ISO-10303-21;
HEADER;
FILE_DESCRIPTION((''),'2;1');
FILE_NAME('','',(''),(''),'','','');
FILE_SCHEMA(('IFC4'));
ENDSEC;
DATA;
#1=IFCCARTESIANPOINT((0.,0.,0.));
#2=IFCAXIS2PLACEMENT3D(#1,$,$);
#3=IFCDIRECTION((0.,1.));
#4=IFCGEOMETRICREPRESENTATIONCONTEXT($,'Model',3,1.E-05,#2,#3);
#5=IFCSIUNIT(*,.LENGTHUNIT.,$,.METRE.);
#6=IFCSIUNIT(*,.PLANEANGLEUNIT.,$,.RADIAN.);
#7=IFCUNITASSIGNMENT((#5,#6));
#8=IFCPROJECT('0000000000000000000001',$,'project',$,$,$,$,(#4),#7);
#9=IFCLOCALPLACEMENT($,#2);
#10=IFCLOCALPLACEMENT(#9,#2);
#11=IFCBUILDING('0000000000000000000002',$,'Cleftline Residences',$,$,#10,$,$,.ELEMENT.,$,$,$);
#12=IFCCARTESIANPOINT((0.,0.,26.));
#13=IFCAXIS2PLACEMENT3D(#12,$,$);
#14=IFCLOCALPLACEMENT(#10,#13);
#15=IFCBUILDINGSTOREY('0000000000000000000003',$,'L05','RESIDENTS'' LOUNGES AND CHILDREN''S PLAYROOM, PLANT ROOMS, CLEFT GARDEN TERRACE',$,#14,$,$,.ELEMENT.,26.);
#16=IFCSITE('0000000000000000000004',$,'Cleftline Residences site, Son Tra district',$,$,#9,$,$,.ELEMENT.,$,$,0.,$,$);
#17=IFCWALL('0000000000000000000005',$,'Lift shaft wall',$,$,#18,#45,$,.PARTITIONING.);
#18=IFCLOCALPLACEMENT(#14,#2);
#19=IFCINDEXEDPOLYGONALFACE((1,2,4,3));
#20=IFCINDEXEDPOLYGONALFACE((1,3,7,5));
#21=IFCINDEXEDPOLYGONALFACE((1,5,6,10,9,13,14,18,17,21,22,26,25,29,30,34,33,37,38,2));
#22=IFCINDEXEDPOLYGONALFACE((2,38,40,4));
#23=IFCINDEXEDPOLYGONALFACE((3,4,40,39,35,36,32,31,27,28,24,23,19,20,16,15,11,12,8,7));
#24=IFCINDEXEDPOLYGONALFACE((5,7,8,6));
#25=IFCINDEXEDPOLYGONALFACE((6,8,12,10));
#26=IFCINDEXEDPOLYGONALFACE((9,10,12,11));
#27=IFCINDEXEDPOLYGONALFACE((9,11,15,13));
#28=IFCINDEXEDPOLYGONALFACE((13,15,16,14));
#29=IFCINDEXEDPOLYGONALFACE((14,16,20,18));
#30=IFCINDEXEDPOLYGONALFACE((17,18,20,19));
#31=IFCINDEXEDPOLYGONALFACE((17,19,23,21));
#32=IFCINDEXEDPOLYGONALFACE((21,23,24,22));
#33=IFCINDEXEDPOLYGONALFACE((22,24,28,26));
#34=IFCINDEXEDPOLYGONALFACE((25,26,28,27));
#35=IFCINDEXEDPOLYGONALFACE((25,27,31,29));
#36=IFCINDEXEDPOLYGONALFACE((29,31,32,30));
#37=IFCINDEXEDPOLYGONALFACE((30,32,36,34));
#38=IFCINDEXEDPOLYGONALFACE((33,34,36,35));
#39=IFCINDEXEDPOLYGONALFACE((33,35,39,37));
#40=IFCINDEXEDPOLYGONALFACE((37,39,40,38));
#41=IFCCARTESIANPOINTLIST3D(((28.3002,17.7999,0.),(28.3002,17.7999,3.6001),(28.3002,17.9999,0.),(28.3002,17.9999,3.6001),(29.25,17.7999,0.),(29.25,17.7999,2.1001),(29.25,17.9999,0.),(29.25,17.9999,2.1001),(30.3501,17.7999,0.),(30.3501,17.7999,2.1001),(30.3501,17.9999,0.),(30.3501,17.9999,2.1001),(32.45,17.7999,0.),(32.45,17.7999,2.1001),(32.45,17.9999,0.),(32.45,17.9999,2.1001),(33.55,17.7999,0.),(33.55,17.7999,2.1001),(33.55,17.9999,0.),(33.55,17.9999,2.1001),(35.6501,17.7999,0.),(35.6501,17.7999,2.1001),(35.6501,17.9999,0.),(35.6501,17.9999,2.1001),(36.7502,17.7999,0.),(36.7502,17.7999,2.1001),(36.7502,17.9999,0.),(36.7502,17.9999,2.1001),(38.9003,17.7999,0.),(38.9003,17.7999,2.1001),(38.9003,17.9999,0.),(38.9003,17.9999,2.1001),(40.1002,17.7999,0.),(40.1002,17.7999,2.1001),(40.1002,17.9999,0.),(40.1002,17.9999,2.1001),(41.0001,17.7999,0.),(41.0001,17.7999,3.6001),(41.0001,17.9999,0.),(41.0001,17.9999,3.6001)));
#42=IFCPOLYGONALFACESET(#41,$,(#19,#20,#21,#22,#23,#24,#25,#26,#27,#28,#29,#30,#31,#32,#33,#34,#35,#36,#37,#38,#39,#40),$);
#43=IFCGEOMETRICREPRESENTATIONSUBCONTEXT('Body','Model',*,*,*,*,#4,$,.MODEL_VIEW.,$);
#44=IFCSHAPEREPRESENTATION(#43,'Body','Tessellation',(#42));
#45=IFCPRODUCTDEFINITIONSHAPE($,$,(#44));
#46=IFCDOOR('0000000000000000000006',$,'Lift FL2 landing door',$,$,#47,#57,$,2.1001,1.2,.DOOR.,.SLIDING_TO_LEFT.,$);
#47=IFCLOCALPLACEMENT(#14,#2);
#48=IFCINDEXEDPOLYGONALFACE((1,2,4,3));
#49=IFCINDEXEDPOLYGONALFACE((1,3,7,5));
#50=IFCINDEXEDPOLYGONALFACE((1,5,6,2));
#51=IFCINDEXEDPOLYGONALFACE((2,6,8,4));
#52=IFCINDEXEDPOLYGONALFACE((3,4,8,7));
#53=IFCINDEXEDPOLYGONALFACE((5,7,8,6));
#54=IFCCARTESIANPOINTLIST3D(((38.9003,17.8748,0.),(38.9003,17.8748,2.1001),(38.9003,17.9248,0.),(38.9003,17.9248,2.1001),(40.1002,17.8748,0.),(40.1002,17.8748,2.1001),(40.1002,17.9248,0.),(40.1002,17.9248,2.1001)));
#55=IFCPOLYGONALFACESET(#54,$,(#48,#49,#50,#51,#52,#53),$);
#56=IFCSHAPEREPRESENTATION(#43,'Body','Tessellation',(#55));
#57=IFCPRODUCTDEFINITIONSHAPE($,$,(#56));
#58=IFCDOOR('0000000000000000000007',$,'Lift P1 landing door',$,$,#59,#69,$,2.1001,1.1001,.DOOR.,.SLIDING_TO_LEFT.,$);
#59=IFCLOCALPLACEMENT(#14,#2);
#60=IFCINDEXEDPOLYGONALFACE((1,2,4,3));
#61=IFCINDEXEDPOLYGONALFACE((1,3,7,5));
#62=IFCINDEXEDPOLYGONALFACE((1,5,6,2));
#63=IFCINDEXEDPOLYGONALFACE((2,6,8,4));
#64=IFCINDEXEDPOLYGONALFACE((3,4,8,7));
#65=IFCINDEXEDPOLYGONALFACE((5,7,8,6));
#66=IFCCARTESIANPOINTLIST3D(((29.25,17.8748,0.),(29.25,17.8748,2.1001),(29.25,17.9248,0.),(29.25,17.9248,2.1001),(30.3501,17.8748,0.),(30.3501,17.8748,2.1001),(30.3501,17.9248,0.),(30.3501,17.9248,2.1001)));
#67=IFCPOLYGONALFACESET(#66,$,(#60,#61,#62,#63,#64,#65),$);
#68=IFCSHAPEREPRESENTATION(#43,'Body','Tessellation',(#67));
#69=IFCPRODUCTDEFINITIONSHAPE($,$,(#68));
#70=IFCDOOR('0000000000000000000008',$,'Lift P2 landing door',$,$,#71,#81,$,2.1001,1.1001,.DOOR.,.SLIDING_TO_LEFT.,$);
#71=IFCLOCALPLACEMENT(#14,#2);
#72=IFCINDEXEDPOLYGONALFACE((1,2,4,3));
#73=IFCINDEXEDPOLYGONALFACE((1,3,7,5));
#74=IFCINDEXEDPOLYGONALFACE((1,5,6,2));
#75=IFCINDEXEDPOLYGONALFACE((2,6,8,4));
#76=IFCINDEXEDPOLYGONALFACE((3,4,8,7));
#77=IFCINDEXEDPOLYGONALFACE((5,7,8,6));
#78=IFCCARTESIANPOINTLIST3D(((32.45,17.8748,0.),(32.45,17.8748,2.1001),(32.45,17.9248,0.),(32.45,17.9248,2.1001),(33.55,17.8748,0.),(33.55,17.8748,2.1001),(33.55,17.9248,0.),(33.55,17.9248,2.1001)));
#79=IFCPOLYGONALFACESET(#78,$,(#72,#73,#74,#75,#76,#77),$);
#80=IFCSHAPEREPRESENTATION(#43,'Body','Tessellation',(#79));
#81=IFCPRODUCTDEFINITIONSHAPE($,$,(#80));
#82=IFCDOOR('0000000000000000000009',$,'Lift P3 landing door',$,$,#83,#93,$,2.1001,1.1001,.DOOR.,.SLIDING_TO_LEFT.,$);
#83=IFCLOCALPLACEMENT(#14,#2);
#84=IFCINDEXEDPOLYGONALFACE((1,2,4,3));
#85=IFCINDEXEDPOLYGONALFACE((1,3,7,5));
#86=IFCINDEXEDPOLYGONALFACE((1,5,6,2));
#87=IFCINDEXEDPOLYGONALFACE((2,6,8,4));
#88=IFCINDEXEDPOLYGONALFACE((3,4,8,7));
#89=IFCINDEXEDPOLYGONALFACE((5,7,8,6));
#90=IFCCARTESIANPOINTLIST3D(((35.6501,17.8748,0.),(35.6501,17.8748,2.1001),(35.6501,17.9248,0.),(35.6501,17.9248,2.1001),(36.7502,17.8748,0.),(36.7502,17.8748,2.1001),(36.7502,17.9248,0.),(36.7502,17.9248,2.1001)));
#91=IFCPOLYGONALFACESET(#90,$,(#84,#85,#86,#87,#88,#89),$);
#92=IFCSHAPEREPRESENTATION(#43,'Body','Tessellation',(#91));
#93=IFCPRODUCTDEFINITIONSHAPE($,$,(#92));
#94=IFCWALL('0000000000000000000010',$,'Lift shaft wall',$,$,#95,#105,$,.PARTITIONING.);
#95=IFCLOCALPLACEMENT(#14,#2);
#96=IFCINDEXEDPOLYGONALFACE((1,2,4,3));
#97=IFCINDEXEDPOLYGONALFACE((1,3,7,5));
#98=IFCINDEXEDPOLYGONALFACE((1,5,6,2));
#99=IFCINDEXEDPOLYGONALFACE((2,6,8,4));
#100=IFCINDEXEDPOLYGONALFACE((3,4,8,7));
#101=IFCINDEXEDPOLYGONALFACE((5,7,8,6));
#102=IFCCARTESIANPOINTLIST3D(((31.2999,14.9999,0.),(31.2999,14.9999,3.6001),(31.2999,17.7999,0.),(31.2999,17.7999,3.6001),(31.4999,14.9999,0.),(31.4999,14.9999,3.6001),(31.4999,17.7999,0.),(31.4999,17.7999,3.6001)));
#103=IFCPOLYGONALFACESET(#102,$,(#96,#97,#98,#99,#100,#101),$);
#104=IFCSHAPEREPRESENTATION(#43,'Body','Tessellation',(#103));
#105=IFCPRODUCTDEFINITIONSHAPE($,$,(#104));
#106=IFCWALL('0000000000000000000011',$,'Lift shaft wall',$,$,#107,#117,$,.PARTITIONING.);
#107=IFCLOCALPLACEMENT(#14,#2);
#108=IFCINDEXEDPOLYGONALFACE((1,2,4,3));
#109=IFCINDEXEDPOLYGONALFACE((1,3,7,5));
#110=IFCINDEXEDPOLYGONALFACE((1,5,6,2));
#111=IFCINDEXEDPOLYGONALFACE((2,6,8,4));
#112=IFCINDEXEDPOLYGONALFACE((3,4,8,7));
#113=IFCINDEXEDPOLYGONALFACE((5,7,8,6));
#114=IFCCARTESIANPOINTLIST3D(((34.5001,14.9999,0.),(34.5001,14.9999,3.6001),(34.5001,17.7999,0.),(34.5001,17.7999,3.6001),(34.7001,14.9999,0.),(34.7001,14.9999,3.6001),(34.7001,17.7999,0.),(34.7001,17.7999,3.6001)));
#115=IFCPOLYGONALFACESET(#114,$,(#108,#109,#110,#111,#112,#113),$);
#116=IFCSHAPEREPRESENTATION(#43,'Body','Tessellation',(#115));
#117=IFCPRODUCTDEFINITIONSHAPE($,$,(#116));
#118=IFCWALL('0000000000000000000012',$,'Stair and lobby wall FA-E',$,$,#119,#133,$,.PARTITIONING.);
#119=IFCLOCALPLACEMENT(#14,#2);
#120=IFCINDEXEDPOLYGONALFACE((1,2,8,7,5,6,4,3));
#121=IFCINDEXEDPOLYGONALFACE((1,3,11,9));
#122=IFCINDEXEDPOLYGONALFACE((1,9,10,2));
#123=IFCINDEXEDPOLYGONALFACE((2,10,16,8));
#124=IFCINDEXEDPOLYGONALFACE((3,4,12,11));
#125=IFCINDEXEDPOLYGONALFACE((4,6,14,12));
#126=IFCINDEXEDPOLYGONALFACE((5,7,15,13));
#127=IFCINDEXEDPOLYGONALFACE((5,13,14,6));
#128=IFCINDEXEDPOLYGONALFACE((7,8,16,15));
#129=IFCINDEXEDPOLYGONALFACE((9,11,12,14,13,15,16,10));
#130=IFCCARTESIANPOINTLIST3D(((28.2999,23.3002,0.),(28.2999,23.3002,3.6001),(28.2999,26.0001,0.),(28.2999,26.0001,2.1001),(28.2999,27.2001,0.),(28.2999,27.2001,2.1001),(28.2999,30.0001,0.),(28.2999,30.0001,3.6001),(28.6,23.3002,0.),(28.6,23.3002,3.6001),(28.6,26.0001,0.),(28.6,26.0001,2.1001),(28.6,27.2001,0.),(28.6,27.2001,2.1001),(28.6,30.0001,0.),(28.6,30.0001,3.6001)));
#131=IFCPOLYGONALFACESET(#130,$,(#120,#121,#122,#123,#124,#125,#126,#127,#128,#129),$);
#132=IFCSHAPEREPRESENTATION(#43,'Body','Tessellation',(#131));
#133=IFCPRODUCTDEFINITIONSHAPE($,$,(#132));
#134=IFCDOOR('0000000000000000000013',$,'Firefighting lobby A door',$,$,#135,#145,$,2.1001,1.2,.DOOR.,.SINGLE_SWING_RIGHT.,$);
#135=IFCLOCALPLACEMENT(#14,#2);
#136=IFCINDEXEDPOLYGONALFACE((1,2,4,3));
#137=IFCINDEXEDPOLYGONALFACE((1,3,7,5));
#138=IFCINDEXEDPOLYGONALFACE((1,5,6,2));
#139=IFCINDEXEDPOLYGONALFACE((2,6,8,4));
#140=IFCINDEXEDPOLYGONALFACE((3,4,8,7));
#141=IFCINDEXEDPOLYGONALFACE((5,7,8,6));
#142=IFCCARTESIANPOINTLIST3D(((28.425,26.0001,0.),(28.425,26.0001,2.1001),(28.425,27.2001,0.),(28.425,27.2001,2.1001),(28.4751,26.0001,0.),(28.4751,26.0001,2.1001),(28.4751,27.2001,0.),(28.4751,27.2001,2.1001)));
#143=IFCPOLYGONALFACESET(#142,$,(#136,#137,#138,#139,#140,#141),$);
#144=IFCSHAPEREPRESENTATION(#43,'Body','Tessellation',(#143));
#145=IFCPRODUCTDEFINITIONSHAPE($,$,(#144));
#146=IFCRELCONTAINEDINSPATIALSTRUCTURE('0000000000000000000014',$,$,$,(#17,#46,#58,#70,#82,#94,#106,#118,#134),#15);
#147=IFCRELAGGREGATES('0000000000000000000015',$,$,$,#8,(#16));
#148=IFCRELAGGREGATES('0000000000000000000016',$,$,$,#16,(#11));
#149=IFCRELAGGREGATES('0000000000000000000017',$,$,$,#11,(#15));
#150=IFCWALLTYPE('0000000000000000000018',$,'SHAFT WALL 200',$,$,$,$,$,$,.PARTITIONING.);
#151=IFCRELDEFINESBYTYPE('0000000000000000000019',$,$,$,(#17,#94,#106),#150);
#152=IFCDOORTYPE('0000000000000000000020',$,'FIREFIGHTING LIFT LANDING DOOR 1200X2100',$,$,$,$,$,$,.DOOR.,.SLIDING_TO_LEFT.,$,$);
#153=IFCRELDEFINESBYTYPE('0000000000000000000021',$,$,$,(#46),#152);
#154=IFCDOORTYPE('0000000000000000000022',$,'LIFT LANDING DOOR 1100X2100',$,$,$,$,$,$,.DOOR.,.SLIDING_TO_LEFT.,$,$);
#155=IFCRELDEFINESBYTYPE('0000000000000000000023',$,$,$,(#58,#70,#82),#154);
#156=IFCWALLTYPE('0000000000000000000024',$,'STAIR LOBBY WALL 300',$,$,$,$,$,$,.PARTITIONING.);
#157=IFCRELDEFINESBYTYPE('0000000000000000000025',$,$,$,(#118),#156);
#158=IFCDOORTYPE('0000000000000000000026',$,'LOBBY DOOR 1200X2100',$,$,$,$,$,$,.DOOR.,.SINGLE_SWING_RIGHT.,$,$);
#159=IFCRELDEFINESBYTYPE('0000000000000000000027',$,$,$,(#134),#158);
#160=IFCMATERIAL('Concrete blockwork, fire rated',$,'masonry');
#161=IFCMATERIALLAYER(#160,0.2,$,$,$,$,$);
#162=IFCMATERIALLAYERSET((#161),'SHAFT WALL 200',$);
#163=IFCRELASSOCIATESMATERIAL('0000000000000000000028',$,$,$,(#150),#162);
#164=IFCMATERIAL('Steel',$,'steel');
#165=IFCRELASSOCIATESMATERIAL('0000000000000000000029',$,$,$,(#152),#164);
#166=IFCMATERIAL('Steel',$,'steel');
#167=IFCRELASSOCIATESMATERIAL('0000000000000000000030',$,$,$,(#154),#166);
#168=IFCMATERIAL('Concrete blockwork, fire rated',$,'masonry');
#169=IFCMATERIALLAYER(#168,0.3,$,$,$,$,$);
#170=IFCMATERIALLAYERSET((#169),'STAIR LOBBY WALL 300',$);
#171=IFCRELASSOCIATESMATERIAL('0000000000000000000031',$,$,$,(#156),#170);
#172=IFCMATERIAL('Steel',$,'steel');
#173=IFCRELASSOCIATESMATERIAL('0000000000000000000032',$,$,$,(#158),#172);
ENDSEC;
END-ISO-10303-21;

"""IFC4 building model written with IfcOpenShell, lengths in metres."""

from ifc_helpers import new_model, si_unit, direction, frame, frame_2d, origin, place, context, subcontext, project, spatial, rectangle, extrude, material, layer, layer_set, type_object, element, fill, save


model = new_model("IFC4")

# Units and contexts
model_context = context("Model", 3, precision=1e-05, world=origin(), true_north=direction((0.0, 1.0)))
body_context = subcontext(model_context, "Body", "Model", "MODEL_VIEW")
ifc_project = project(units=[si_unit("LENGTHUNIT", "METRE"), si_unit("PLANEANGLEUNIT", "RADIAN")], contexts=[model_context])

# Site, building, storey
site_placement = place(None, origin())
site = spatial("IfcSite", under=ifc_project, at=site_placement, Name="Cleftline Residences site, Son Tra district", CompositionType="ELEMENT", RefElevation=0.0)
building_placement = place(site_placement, origin())
building = spatial("IfcBuilding", under=site, at=building_placement, Name="Cleftline Residences", CompositionType="ELEMENT")
storey_placement = place(building_placement, frame((0.0, 0.0, 26.0)))
storey = spatial("IfcBuildingStorey", under=building, at=storey_placement, Name="L05", Description="RESIDENTS' LOUNGES AND CHILDREN'S PLAYROOM, PLANT ROOMS, CLEFT GARDEN TERRACE", CompositionType="ELEMENT", Elevation=26.0)

# Wall, openings, doors
ifc_material_1 = material(Name="Concrete blockwork, fire rated", Category="masonry")
ifc_layer_1 = layer(ifc_material_1, 0.2)
ifc_layer_set_1 = layer_set([ifc_layer_1], Name="SHAFT WALL 200")
wall_type_1 = type_object("IfcWallType", Name="SHAFT WALL 200", PredefinedType="PARTITIONING", material=ifc_layer_set_1)
wall_1_placement = place(storey_placement, frame((28.3, 17.8999, 0.0), z_axis=(0.0, 0.0, 1.0), x_axis=(1.0, 0.0, 0.0)))
wall_1 = element("IfcWall", 1, at=wall_1_placement, inside=storey, type_object=wall_type_1, Name="Lift shaft wall", PredefinedType="PARTITIONING", context=body_context, shape_type="SweptSolid", body=[
    extrude(rectangle(XDim=12.7, YDim=0.2, at=frame_2d((6.3501, 0.0))), origin(), (0.0, 0.0, 1.0), 3.6001),
])
opening_1_placement = place(wall_1_placement, frame((0.95, 0.0, 0.0)))
opening_1 = element("IfcOpeningElement", 2, at=opening_1_placement, cuts=wall_1, PredefinedType="OPENING", context=body_context, shape_type="SweptSolid", body=[
    extrude(rectangle(XDim=1.1001, YDim=2.1001, at=frame_2d((0.55, 1.05))), frame((0.0, 0.1099, 0.0), z_axis=(0.0, -1.0, 0.0), x_axis=(1.0, 0.0, 0.0)), (0.0, 0.0, 1.0), 0.22),
])
opening_2_placement = place(wall_1_placement, frame((4.1499, 0.0, 0.0)))
opening_2 = element("IfcOpeningElement", 3, at=opening_2_placement, cuts=wall_1, PredefinedType="OPENING", context=body_context, shape_type="SweptSolid", body=[
    extrude(rectangle(XDim=1.1001, YDim=2.1001, at=frame_2d((0.55, 1.05))), frame((0.0, 0.1099, 0.0), z_axis=(0.0, -1.0, 0.0), x_axis=(1.0, 0.0, 0.0)), (0.0, 0.0, 1.0), 0.22),
])
opening_3_placement = place(wall_1_placement, frame((7.3501, 0.0, 0.0)))
opening_3 = element("IfcOpeningElement", 4, at=opening_3_placement, cuts=wall_1, PredefinedType="OPENING", context=body_context, shape_type="SweptSolid", body=[
    extrude(rectangle(XDim=1.1001, YDim=2.1001, at=frame_2d((0.55, 1.05))), frame((0.0, 0.1099, 0.0), z_axis=(0.0, -1.0, 0.0), x_axis=(1.0, 0.0, 0.0)), (0.0, 0.0, 1.0), 0.22),
])
opening_4_placement = place(wall_1_placement, frame((10.6001, 0.0, 0.0)))
opening_4 = element("IfcOpeningElement", 5, at=opening_4_placement, cuts=wall_1, PredefinedType="OPENING", context=body_context, shape_type="SweptSolid", body=[
    extrude(rectangle(XDim=1.2, YDim=2.1001, at=frame_2d((0.6001, 1.05))), frame((0.0, 0.1099, 0.0), z_axis=(0.0, -1.0, 0.0), x_axis=(1.0, 0.0, 0.0)), (0.0, 0.0, 1.0), 0.22),
])
ifc_material_2 = material(Name="Steel", Category="steel")
door_type_1 = type_object("IfcDoorType", Name="FIREFIGHTING LIFT LANDING DOOR 1200X2100", OperationType="SLIDING_TO_LEFT", PredefinedType="DOOR", material=ifc_material_2)
door_1_placement = place(opening_4_placement, origin())
door_1 = element("IfcDoor", 6, at=door_1_placement, inside=storey, type_object=door_type_1, Name="Lift FL2 landing door", OperationType="SLIDING_TO_LEFT", OverallHeight=2.1001, OverallWidth=1.2, PredefinedType="DOOR", context=body_context, shape_type="SweptSolid", body=[
    extrude(rectangle(XDim=1.2, YDim=2.1001, at=frame_2d((0.6001, 1.05))), frame((0.0, 0.0249, 0.0), z_axis=(0.0, -1.0, 0.0), x_axis=(1.0, 0.0, 0.0)), (0.0, 0.0, 1.0), 0.05),
])
fill(opening_4, door_1)
ifc_material_3 = material(Name="Steel", Category="steel")
door_type_2 = type_object("IfcDoorType", Name="LIFT LANDING DOOR 1100X2100", OperationType="SLIDING_TO_LEFT", PredefinedType="DOOR", material=ifc_material_3)
door_2_placement = place(opening_1_placement, origin())
door_2 = element("IfcDoor", 7, at=door_2_placement, inside=storey, type_object=door_type_2, Name="Lift P1 landing door", OperationType="SLIDING_TO_LEFT", OverallHeight=2.1001, OverallWidth=1.1001, PredefinedType="DOOR", context=body_context, shape_type="SweptSolid", body=[
    extrude(rectangle(XDim=1.1001, YDim=2.1001, at=frame_2d((0.55, 1.05))), frame((0.0, 0.0249, 0.0), z_axis=(0.0, -1.0, 0.0), x_axis=(1.0, 0.0, 0.0)), (0.0, 0.0, 1.0), 0.05),
])
fill(opening_1, door_2)
door_3_placement = place(opening_2_placement, origin())
door_3 = element("IfcDoor", 8, at=door_3_placement, inside=storey, type_object=door_type_2, Name="Lift P2 landing door", OperationType="SLIDING_TO_LEFT", OverallHeight=2.1001, OverallWidth=1.1001, PredefinedType="DOOR", context=body_context, shape_type="SweptSolid", body=[
    extrude(rectangle(XDim=1.1001, YDim=2.1001, at=frame_2d((0.55, 1.05))), frame((0.0, 0.0249, 0.0), z_axis=(0.0, -1.0, 0.0), x_axis=(1.0, 0.0, 0.0)), (0.0, 0.0, 1.0), 0.05),
])
fill(opening_2, door_3)
door_4_placement = place(opening_3_placement, origin())
door_4 = element("IfcDoor", 9, at=door_4_placement, inside=storey, type_object=door_type_2, Name="Lift P3 landing door", OperationType="SLIDING_TO_LEFT", OverallHeight=2.1001, OverallWidth=1.1001, PredefinedType="DOOR", context=body_context, shape_type="SweptSolid", body=[
    extrude(rectangle(XDim=1.1001, YDim=2.1001, at=frame_2d((0.55, 1.05))), frame((0.0, 0.0249, 0.0), z_axis=(0.0, -1.0, 0.0), x_axis=(1.0, 0.0, 0.0)), (0.0, 0.0, 1.0), 0.05),
])
fill(opening_3, door_4)

# Walls
for number, where, z_axis, x_axis, name in (
    (10, (31.3999, 15.0, 0.0), (0.0, 0.0, 1.0), (0.0, 1.0, 0.0), "Lift shaft wall"),
    (11, (34.6001, 15.0, 0.0), (0.0, 0.0, 1.0), (0.0, 1.0, 0.0), "Lift shaft wall"),
):
    element("IfcWall", number, at=place(storey_placement, frame(where, z_axis=z_axis, x_axis=x_axis)), inside=storey, type_object=wall_type_1, Name=name, PredefinedType="PARTITIONING", context=body_context, shape_type="SweptSolid", body=[
        extrude(rectangle(XDim=2.8, YDim=0.2, at=frame_2d((1.3999, 0.0))), origin(), (0.0, 0.0, 1.0), 3.6001),
    ])

# Wall, opening, door
ifc_material_4 = material(Name="Concrete blockwork, fire rated", Category="masonry")
ifc_layer_2 = layer(ifc_material_4, 0.3)
ifc_layer_set_2 = layer_set([ifc_layer_2], Name="STAIR LOBBY WALL 300")
wall_type_2 = type_object("IfcWallType", Name="STAIR LOBBY WALL 300", PredefinedType="PARTITIONING", material=ifc_layer_set_2)
wall_2_placement = place(storey_placement, frame((28.45, 23.3, 0.0), z_axis=(0.0, 0.0, 1.0), x_axis=(0.0, 1.0, 0.0)))
wall_2 = element("IfcWall", 12, at=wall_2_placement, inside=storey, type_object=wall_type_2, Name="Stair and lobby wall FA-E", PredefinedType="PARTITIONING", context=body_context, shape_type="SweptSolid", body=[
    extrude(rectangle(XDim=6.7, YDim=0.3, at=frame_2d((3.3501, 0.0))), origin(), (0.0, 0.0, 1.0), 3.6001),
])
opening_5_placement = place(wall_2_placement, frame((2.7, 0.0, 0.0)))
opening_5 = element("IfcOpeningElement", 13, at=opening_5_placement, cuts=wall_2, PredefinedType="OPENING", context=body_context, shape_type="SweptSolid", body=[
    extrude(rectangle(XDim=1.2, YDim=2.1001, at=frame_2d((0.6001, 1.05))), frame((0.0, 0.1599, 0.0), z_axis=(0.0, -1.0, 0.0), x_axis=(1.0, 0.0, 0.0)), (0.0, 0.0, 1.0), 0.3201),
])
ifc_material_5 = material(Name="Steel", Category="steel")
door_type_3 = type_object("IfcDoorType", Name="LOBBY DOOR 1200X2100", OperationType="SINGLE_SWING_RIGHT", PredefinedType="DOOR", material=ifc_material_5)
door_5_placement = place(opening_5_placement, origin())
door_5 = element("IfcDoor", 14, at=door_5_placement, inside=storey, type_object=door_type_3, Name="Firefighting lobby A door", OperationType="SINGLE_SWING_RIGHT", OverallHeight=2.1001, OverallWidth=1.2, PredefinedType="DOOR", context=body_context, shape_type="SweptSolid", body=[
    extrude(rectangle(XDim=1.2, YDim=2.1001, at=frame_2d((0.6001, 1.05))), frame((0.0, 0.0249, 0.0), z_axis=(0.0, -1.0, 0.0), x_axis=(1.0, 0.0, 0.0)), (0.0, 0.0, 1.0), 0.05),
])
fill(opening_5, door_5)

save(model, "model.ifc")
